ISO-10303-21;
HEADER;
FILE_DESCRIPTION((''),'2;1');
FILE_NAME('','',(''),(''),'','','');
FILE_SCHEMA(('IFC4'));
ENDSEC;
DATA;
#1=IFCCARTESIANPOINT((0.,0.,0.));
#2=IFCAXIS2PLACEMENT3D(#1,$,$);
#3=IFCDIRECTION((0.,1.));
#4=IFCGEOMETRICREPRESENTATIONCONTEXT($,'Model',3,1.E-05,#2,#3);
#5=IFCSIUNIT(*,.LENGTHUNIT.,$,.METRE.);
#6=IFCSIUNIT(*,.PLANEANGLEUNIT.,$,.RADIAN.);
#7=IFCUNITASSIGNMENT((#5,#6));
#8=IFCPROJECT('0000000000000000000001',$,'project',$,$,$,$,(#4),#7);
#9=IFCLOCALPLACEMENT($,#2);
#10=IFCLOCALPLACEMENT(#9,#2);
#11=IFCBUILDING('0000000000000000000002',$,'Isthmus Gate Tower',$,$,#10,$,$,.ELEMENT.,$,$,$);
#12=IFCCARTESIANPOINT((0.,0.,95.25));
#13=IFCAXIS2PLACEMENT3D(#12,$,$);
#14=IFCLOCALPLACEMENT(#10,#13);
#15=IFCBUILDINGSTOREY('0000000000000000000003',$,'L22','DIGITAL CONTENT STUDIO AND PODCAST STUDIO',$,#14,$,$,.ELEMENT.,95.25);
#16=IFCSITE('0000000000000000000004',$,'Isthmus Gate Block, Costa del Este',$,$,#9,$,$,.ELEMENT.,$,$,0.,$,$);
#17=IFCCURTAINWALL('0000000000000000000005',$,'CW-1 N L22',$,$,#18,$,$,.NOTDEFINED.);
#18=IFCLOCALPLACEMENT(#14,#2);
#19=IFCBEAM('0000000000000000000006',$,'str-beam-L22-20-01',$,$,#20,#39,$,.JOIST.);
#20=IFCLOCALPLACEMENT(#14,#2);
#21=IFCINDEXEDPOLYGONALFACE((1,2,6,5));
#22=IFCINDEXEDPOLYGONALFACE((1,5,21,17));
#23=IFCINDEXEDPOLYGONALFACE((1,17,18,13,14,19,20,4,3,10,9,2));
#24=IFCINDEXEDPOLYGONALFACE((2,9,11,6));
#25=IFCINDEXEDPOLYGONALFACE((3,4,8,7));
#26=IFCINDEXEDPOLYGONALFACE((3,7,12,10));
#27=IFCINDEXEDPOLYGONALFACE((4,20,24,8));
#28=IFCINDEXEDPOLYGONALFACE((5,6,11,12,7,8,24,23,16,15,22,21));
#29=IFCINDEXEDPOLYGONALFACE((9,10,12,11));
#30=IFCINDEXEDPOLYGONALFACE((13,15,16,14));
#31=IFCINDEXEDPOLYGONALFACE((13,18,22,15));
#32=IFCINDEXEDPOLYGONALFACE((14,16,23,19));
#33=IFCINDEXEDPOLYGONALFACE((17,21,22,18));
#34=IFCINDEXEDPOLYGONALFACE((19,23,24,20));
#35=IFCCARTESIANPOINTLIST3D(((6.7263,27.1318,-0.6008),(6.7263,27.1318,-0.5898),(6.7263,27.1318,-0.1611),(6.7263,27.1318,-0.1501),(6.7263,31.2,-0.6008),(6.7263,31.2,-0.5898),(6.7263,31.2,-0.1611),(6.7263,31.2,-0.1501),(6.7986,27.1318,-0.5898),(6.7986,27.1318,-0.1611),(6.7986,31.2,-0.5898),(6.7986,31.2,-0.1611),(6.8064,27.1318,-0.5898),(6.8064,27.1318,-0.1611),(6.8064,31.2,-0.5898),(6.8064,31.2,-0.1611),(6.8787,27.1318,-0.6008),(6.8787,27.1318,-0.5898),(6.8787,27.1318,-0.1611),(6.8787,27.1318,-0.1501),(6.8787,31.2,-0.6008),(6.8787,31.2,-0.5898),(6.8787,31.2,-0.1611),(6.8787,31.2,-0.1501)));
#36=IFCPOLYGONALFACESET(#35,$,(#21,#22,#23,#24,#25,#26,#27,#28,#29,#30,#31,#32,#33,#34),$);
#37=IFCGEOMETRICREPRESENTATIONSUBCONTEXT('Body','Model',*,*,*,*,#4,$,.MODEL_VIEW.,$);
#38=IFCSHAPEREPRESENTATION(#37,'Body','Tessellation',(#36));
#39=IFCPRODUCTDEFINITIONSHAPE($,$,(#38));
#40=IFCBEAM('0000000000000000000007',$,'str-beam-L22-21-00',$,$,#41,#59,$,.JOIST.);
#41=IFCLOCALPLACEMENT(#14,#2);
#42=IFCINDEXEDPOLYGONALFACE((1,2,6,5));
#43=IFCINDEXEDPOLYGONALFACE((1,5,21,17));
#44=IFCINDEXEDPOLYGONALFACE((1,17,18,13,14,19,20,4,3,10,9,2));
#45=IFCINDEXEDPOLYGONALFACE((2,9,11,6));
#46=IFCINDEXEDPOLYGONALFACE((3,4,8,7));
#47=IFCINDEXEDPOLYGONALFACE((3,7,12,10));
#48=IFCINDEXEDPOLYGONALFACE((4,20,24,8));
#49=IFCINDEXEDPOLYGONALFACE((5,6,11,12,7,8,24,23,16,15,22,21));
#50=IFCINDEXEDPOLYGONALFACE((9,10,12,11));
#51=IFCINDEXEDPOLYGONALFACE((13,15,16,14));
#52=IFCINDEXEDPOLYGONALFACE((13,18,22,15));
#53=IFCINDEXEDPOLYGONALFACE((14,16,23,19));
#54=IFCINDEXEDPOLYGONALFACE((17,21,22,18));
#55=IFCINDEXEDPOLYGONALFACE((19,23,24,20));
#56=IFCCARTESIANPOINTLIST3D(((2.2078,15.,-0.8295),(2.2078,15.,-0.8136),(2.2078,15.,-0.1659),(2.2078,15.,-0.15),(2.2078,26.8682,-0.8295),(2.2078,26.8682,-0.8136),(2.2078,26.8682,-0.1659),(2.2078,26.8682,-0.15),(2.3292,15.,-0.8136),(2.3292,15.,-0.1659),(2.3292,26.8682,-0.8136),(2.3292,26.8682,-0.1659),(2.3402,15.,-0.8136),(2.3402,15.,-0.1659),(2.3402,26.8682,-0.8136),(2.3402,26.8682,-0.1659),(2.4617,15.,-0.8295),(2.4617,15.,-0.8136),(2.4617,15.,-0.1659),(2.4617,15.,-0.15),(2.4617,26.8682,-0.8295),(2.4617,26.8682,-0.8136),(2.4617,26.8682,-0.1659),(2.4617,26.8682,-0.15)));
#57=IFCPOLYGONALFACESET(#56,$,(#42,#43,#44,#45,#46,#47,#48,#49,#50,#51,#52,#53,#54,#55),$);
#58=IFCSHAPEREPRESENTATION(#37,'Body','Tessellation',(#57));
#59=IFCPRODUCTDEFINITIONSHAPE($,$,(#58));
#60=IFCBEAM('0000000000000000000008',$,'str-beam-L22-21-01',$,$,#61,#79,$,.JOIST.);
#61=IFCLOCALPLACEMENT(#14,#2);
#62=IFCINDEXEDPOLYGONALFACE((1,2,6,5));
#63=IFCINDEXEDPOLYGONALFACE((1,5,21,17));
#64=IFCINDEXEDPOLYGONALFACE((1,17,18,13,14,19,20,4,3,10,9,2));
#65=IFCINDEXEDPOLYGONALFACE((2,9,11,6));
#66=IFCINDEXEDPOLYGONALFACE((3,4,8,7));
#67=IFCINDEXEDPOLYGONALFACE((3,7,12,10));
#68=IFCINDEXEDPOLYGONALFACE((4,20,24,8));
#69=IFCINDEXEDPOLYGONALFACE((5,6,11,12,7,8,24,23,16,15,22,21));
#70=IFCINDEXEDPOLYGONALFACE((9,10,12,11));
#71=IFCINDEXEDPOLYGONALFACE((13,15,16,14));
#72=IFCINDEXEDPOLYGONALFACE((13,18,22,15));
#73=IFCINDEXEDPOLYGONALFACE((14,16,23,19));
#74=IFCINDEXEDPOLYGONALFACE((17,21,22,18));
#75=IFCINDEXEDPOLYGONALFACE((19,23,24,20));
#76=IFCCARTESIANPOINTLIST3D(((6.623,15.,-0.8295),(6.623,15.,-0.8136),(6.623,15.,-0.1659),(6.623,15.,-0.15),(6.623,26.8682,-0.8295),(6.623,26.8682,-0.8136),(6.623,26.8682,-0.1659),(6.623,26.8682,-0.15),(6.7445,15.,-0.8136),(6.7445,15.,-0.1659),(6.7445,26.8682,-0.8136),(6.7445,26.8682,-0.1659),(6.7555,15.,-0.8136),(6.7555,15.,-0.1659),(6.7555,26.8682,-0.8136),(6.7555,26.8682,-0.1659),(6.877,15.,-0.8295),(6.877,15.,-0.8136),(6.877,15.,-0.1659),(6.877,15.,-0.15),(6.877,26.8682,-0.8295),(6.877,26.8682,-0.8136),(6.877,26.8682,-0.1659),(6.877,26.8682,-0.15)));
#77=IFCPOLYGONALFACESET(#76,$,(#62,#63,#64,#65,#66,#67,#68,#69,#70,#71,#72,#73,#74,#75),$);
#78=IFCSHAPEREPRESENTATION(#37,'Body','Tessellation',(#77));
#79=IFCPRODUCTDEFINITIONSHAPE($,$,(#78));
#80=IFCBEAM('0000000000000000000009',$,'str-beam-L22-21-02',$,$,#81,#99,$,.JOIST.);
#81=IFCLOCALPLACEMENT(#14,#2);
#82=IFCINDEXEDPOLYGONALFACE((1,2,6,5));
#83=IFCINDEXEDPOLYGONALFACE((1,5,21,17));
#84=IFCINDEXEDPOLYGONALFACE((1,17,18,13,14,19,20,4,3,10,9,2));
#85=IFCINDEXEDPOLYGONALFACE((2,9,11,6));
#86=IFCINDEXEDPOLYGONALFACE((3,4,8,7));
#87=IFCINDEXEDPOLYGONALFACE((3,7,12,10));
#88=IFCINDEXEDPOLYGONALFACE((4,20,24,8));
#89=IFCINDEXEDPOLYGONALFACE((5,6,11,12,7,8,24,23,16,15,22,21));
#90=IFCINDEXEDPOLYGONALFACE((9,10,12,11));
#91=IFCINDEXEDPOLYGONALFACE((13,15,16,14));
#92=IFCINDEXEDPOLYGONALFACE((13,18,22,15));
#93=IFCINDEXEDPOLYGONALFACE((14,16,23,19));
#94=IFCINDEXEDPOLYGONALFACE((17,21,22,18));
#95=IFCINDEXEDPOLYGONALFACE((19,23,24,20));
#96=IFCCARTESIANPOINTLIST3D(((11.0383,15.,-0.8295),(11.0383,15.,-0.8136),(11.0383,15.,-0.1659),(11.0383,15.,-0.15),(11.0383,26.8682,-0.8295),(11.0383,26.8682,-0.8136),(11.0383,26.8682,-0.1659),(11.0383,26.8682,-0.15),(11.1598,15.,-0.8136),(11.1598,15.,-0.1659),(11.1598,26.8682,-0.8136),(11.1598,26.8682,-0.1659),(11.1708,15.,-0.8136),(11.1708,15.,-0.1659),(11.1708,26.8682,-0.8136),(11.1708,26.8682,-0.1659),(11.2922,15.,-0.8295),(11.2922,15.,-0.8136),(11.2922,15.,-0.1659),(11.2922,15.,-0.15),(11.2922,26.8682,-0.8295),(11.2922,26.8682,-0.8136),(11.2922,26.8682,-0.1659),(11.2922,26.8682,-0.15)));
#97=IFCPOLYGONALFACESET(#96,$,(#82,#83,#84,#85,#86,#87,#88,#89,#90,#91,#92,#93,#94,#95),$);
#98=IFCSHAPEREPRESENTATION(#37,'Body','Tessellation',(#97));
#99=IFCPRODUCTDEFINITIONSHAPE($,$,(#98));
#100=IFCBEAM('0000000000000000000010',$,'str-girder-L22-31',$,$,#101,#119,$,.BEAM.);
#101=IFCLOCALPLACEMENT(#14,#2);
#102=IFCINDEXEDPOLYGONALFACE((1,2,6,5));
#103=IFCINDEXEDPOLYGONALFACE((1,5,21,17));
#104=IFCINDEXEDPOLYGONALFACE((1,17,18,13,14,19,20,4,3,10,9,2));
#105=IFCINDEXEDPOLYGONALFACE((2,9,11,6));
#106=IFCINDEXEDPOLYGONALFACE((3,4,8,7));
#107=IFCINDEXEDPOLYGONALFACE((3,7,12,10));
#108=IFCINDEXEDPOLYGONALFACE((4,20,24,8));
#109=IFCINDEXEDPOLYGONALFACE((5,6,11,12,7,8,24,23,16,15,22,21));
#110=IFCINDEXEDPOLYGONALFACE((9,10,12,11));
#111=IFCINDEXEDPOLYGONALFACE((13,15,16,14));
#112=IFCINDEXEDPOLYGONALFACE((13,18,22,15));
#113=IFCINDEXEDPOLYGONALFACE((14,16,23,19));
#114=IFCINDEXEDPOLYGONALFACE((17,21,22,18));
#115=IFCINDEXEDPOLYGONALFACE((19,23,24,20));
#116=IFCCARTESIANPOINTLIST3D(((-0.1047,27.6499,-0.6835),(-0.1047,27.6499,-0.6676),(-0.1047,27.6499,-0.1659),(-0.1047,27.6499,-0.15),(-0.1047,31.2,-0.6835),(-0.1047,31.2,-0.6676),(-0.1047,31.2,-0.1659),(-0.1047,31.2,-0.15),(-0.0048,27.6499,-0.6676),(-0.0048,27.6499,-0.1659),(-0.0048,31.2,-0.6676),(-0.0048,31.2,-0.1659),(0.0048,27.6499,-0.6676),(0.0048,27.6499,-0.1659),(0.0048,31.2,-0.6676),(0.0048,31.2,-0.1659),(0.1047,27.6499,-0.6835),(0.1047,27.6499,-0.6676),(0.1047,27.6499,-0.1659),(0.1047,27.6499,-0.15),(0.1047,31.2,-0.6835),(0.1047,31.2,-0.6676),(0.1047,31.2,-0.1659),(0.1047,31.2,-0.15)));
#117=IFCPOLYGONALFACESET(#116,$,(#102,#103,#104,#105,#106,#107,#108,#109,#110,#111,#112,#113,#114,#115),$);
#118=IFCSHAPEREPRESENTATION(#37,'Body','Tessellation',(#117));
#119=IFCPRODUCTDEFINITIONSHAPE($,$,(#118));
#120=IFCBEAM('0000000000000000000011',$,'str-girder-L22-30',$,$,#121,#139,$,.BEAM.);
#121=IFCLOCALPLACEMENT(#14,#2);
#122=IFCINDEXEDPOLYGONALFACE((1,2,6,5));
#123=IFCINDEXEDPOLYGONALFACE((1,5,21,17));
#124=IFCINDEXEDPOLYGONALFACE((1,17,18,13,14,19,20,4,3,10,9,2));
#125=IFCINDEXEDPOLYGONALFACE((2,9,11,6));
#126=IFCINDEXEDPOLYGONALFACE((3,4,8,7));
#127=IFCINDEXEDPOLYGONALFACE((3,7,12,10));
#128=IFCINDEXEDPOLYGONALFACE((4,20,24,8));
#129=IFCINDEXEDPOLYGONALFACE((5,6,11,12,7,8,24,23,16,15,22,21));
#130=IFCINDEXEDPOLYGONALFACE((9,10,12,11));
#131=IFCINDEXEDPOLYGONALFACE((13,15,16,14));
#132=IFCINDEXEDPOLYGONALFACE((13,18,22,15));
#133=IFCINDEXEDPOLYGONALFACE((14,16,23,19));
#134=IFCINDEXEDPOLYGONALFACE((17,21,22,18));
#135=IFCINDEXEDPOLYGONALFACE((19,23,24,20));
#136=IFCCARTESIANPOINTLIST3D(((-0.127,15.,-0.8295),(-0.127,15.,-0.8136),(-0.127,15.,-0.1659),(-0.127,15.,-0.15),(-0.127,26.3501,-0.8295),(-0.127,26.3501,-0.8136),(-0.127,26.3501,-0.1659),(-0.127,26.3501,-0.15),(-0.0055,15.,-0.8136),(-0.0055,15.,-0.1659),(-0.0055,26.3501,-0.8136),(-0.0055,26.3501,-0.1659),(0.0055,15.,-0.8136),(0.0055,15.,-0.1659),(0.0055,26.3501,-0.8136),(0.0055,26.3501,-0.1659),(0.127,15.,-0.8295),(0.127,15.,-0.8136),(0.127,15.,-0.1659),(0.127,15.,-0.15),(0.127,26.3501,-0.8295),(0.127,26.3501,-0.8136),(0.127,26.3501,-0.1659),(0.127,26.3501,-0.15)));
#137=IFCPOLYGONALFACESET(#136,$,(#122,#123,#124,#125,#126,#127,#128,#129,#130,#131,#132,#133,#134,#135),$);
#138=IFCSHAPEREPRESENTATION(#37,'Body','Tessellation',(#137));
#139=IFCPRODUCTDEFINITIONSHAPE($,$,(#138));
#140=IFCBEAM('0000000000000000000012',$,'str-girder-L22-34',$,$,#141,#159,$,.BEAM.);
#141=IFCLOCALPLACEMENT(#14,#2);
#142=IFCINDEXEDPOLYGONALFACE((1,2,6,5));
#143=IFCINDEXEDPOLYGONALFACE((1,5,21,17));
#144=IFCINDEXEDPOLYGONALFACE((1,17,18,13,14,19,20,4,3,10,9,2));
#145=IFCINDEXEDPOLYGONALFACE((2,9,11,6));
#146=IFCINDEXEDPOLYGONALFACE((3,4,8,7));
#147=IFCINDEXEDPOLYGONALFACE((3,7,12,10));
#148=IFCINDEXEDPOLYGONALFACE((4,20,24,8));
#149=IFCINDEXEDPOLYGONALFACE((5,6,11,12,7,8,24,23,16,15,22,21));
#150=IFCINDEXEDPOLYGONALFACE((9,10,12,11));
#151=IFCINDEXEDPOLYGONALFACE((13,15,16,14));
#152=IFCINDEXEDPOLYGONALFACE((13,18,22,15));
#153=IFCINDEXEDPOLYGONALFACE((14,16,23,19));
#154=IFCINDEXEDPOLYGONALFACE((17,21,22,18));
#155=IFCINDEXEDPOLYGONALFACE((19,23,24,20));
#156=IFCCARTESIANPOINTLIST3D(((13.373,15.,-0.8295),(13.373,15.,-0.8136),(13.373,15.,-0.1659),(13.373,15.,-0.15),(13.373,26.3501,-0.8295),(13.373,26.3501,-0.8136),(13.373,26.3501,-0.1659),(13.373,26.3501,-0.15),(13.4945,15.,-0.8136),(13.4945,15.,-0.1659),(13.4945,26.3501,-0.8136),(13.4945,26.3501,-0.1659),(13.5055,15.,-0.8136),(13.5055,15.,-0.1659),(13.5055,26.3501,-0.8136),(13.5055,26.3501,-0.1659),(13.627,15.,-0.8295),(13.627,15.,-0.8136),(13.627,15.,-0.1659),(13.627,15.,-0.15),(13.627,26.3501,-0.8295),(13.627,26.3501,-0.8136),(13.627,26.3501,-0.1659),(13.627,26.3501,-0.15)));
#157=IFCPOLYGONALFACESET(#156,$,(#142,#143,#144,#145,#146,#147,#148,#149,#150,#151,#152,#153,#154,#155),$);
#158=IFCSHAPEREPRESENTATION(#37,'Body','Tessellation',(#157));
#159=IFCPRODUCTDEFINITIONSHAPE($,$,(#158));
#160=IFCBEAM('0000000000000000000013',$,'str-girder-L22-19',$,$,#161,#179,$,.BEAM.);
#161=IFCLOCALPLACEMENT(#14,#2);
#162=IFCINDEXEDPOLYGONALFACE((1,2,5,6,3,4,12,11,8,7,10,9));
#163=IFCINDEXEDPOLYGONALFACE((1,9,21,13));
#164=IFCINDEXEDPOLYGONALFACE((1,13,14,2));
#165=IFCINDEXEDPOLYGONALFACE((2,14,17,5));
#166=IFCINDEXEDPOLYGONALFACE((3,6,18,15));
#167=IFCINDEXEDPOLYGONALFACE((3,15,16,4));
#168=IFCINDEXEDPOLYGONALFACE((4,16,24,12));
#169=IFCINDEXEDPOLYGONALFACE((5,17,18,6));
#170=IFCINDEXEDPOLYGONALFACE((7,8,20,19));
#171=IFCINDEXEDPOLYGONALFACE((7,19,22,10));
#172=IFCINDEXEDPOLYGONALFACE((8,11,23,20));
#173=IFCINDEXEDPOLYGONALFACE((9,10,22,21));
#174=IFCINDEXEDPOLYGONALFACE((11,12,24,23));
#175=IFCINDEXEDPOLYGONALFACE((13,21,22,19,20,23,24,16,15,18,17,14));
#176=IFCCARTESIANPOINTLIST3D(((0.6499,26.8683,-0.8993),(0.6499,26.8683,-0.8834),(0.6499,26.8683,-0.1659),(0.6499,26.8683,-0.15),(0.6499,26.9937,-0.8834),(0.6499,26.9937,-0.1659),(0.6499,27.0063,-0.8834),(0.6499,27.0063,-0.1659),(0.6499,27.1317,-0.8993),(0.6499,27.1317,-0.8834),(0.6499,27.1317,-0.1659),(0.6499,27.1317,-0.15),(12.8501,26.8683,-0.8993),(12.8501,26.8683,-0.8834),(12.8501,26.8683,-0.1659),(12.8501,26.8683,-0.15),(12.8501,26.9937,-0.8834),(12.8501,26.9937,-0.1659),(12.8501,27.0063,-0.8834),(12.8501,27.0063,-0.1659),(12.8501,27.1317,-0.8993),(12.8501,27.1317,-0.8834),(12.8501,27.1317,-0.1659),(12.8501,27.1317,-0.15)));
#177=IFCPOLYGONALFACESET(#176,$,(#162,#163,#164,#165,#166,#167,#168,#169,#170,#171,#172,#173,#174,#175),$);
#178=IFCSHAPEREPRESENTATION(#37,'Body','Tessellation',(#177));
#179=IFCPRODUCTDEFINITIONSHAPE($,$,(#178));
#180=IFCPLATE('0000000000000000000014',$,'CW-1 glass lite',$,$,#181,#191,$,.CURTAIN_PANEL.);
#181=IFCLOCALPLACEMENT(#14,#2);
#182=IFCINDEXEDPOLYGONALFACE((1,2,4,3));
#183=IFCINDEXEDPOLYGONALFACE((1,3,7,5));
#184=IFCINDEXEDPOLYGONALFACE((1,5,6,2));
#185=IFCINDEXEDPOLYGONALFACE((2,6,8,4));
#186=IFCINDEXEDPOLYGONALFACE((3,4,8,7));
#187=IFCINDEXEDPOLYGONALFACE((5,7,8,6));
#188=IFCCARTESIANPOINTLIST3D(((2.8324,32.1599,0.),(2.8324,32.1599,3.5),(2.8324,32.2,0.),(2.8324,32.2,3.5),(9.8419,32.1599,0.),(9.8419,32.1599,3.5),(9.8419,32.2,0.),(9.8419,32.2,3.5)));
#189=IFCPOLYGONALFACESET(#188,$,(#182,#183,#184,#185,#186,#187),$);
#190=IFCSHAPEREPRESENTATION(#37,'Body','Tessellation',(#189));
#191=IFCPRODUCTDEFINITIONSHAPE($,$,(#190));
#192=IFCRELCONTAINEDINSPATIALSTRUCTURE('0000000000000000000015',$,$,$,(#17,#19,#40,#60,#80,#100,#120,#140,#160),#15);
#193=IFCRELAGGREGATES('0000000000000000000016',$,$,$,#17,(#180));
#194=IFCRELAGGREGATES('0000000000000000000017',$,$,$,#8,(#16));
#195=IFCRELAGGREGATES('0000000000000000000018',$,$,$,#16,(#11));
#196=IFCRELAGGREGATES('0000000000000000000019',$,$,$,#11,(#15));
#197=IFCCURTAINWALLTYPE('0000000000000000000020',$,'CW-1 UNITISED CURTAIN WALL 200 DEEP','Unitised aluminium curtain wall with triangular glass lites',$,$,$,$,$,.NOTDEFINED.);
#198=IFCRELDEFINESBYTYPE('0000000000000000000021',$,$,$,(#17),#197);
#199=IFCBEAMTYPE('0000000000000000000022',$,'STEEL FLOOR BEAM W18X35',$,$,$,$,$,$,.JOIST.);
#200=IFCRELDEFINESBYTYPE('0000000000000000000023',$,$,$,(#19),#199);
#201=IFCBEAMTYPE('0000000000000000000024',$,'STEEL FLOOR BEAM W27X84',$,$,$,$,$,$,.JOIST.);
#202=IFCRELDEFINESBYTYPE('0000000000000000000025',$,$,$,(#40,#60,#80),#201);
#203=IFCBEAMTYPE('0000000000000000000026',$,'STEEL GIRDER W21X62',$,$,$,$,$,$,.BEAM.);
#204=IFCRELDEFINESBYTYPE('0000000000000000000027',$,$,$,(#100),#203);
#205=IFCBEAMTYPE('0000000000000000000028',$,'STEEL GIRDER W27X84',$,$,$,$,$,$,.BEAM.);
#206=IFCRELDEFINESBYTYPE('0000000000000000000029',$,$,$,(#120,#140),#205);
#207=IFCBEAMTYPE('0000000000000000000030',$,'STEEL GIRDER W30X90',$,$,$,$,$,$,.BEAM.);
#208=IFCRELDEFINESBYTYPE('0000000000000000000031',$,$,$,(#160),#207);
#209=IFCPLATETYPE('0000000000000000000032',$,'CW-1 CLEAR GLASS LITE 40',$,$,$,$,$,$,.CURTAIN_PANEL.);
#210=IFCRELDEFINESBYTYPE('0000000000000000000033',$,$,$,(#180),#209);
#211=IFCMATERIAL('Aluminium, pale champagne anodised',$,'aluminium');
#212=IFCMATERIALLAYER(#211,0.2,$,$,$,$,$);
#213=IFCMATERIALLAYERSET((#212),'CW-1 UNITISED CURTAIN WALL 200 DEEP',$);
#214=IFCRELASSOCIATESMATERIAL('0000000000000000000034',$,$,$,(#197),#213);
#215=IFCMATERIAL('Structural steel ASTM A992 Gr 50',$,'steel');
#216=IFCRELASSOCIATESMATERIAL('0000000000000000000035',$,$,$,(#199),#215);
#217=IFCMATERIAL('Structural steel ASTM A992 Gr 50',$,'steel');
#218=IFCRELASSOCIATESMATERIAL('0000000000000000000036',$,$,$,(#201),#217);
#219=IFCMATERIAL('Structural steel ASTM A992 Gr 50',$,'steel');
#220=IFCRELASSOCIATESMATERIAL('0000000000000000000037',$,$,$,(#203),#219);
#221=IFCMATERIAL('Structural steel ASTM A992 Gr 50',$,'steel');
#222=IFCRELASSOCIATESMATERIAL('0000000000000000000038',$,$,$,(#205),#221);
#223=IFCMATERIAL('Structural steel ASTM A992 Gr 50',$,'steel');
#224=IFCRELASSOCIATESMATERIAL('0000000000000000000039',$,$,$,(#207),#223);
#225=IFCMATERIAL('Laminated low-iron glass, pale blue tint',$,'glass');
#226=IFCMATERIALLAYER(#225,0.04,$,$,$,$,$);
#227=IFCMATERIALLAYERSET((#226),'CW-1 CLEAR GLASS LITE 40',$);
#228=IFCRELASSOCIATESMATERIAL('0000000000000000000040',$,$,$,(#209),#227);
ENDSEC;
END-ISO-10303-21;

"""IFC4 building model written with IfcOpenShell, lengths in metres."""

from ifc_helpers import new_model, si_unit, direction, frame, origin, origin_2d, place, context, subcontext, project, spatial, rectangle, i_section, extrude, material, layer, layer_set, material_profile, profile_set, type_object, element, aggregate, save


model = new_model("IFC4")

# Units and contexts
model_context = context("Model", 3, precision=1e-05, world=origin(), true_north=direction((0.0, 1.0)))
body_context = subcontext(model_context, "Body", "Model", "MODEL_VIEW")
ifc_project = project(units=[si_unit("LENGTHUNIT", "METRE"), si_unit("PLANEANGLEUNIT", "RADIAN")], contexts=[model_context])

# Site, building, storey
site_placement = place(None, origin())
site = spatial("IfcSite", under=ifc_project, at=site_placement, Name="Isthmus Gate Block, Costa del Este", CompositionType="ELEMENT", RefElevation=0.0)
building_placement = place(site_placement, origin())
building = spatial("IfcBuilding", under=site, at=building_placement, Name="Isthmus Gate Tower", CompositionType="ELEMENT")
storey_placement = place(building_placement, frame((0.0, 0.0, 95.25)))
storey = spatial("IfcBuildingStorey", under=building, at=storey_placement, Name="L22", Description="DIGITAL CONTENT STUDIO AND PODCAST STUDIO", CompositionType="ELEMENT", Elevation=95.25)

# Curtain wall
ifc_material_1 = material(Name="Aluminium, pale champagne anodised", Category="aluminium")
ifc_layer_1 = layer(ifc_material_1, 0.2)
ifc_layer_set_1 = layer_set([ifc_layer_1], Name="CW-1 UNITISED CURTAIN WALL 200 DEEP")
curtain_wall_type = type_object("IfcCurtainWallType", Name="CW-1 UNITISED CURTAIN WALL 200 DEEP", Description="Unitised aluminium curtain wall with triangular glass lites", PredefinedType="NOTDEFINED", material=ifc_layer_set_1)
curtain_wall_1_placement = place(storey_placement, origin())
curtain_wall_1 = element("IfcCurtainWall", 1, at=curtain_wall_1_placement, inside=storey, type_object=curtain_wall_type, Name="CW-1 N L22", PredefinedType="NOTDEFINED")

# Beams
ifc_material_2 = material(Name="Structural steel ASTM A992 Gr 50", Category="steel")
ifc_material_profile_1 = material_profile(ifc_material_2, i_section(OverallWidth=0.1523, OverallDepth=0.4507, WebThickness=0.0078, FlangeThickness=0.011, at=origin_2d()), Name="W18X35")
ifc_profile_set_1 = profile_set([ifc_material_profile_1], Name="Structural steel ASTM A992 Gr 50")
beam_type_1 = type_object("IfcBeamType", Name="STEEL FLOOR BEAM W18X35", PredefinedType="JOIST", material=ifc_profile_set_1)
beam_1_placement = place(storey_placement, frame((6.8025, 27.1318, -0.3755), z_axis=(0.0, 1.0, 0.0), x_axis=(-1.0, 0.0, 0.0)))
element("IfcBeam", 2, at=beam_1_placement, inside=storey, type_object=beam_type_1, Name="str-beam-L22-20-01", PredefinedType="JOIST", context=body_context, shape_type="SweptSolid", body=[
    extrude(i_section(OverallWidth=0.1523, OverallDepth=0.4507, WebThickness=0.0078, FlangeThickness=0.011, at=origin_2d()), origin(), (0.0, 0.0, 1.0), 4.0681),
])
ifc_material_3 = material(Name="Structural steel ASTM A992 Gr 50", Category="steel")
ifc_material_profile_2 = material_profile(ifc_material_3, i_section(OverallWidth=0.2539, OverallDepth=0.6794, WebThickness=0.011, FlangeThickness=0.0159, at=origin_2d()), Name="W27X84")
ifc_profile_set_2 = profile_set([ifc_material_profile_2], Name="Structural steel ASTM A992 Gr 50")
beam_type_2 = type_object("IfcBeamType", Name="STEEL FLOOR BEAM W27X84", PredefinedType="JOIST", material=ifc_profile_set_2)
for number, where, z_axis, x_axis, name in (
    (3, (2.3347, 15.0, -0.4897), (0.0, 1.0, 0.0), (-1.0, 0.0, 0.0), "str-beam-L22-21-00"),
    (4, (6.75, 15.0, -0.4897), (0.0, 1.0, 0.0), (-1.0, 0.0, 0.0), "str-beam-L22-21-01"),
    (5, (11.1653, 15.0, -0.4897), (0.0, 1.0, 0.0), (-1.0, 0.0, 0.0), "str-beam-L22-21-02"),
):
    element("IfcBeam", number, at=place(storey_placement, frame(where, z_axis=z_axis, x_axis=x_axis)), inside=storey, type_object=beam_type_2, Name=name, PredefinedType="JOIST", context=body_context, shape_type="SweptSolid", body=[
        extrude(i_section(OverallWidth=0.2539, OverallDepth=0.6794, WebThickness=0.011, FlangeThickness=0.0159, at=origin_2d()), origin(), (0.0, 0.0, 1.0), 11.8682),
    ])
ifc_material_4 = material(Name="Structural steel ASTM A992 Gr 50", Category="steel")
ifc_material_profile_3 = material_profile(ifc_material_4, i_section(OverallWidth=0.2095, OverallDepth=0.5334, WebThickness=0.0095, FlangeThickness=0.0159, at=origin_2d()), Name="W21X62")
ifc_profile_set_3 = profile_set([ifc_material_profile_3], Name="Structural steel ASTM A992 Gr 50")
beam_type_3 = type_object("IfcBeamType", Name="STEEL GIRDER W21X62", PredefinedType="BEAM", material=ifc_profile_set_3)
beam_2_placement = place(storey_placement, frame((0.0, 27.6499, -0.4167), z_axis=(0.0, 1.0, 0.0), x_axis=(-1.0, 0.0, 0.0)))
element("IfcBeam", 6, at=beam_2_placement, inside=storey, type_object=beam_type_3, Name="str-girder-L22-31", PredefinedType="BEAM", context=body_context, shape_type="SweptSolid", body=[
    extrude(i_section(OverallWidth=0.2095, OverallDepth=0.5334, WebThickness=0.0095, FlangeThickness=0.0159, at=origin_2d()), origin(), (0.0, 0.0, 1.0), 3.55),
])
ifc_material_5 = material(Name="Structural steel ASTM A992 Gr 50", Category="steel")
ifc_material_profile_4 = material_profile(ifc_material_5, i_section(OverallWidth=0.2539, OverallDepth=0.6794, WebThickness=0.011, FlangeThickness=0.0159, at=origin_2d()), Name="W27X84")
ifc_profile_set_4 = profile_set([ifc_material_profile_4], Name="Structural steel ASTM A992 Gr 50")
beam_type_4 = type_object("IfcBeamType", Name="STEEL GIRDER W27X84", PredefinedType="BEAM", material=ifc_profile_set_4)
for number, where, z_axis, x_axis, name in (
    (7, (0.0, 15.0, -0.4897), (0.0, 1.0, 0.0), (-1.0, 0.0, 0.0), "str-girder-L22-30"),
    (8, (13.5, 15.0, -0.4897), (0.0, 1.0, 0.0), (-1.0, 0.0, 0.0), "str-girder-L22-34"),
):
    element("IfcBeam", number, at=place(storey_placement, frame(where, z_axis=z_axis, x_axis=x_axis)), inside=storey, type_object=beam_type_4, Name=name, PredefinedType="BEAM", context=body_context, shape_type="SweptSolid", body=[
        extrude(i_section(OverallWidth=0.2539, OverallDepth=0.6794, WebThickness=0.011, FlangeThickness=0.0159, at=origin_2d()), origin(), (0.0, 0.0, 1.0), 11.3501),
    ])
ifc_material_6 = material(Name="Structural steel ASTM A992 Gr 50", Category="steel")
ifc_material_profile_5 = material_profile(ifc_material_6, i_section(OverallWidth=0.2634, OverallDepth=0.7493, WebThickness=0.0127, FlangeThickness=0.0159, at=origin_2d()), Name="W30X90")
ifc_profile_set_5 = profile_set([ifc_material_profile_5], Name="Structural steel ASTM A992 Gr 50")
beam_type_5 = type_object("IfcBeamType", Name="STEEL GIRDER W30X90", PredefinedType="BEAM", material=ifc_profile_set_5)
beam_3_placement = place(storey_placement, frame((0.6499, 27.0, -0.5247), z_axis=(1.0, 0.0, 0.0), x_axis=(0.0, 1.0, 0.0)))
element("IfcBeam", 9, at=beam_3_placement, inside=storey, type_object=beam_type_5, Name="str-girder-L22-19", PredefinedType="BEAM", context=body_context, shape_type="SweptSolid", body=[
    extrude(i_section(OverallWidth=0.2634, OverallDepth=0.7493, WebThickness=0.0127, FlangeThickness=0.0159, at=origin_2d()), origin(), (0.0, 0.0, 1.0), 12.2002),
])

# Plate
ifc_material_7 = material(Name="Laminated low-iron glass, pale blue tint", Category="glass")
ifc_layer_2 = layer(ifc_material_7, 0.04)
ifc_layer_set_2 = layer_set([ifc_layer_2], Name="CW-1 CLEAR GLASS LITE 40")
plate_type = type_object("IfcPlateType", Name="CW-1 CLEAR GLASS LITE 40", PredefinedType="CURTAIN_PANEL", material=ifc_layer_set_2)
plate_1_placement = place(storey_placement, frame((6.3372, 32.1799, 0.0), z_axis=(0.0, 0.0, 1.0), x_axis=(-1.0, 0.0, 0.0)))
plate_1 = element("IfcPlate", 10, at=plate_1_placement, type_object=plate_type, Name="CW-1 glass lite", PredefinedType="CURTAIN_PANEL", context=body_context, shape_type="SweptSolid", body=[
    extrude(rectangle(XDim=7.0095, YDim=0.04, at=origin_2d()), origin(), (0.0, 0.0, 1.0), 3.5),
])
aggregate(curtain_wall_1, [plate_1])

save(model, "model.ifc")
